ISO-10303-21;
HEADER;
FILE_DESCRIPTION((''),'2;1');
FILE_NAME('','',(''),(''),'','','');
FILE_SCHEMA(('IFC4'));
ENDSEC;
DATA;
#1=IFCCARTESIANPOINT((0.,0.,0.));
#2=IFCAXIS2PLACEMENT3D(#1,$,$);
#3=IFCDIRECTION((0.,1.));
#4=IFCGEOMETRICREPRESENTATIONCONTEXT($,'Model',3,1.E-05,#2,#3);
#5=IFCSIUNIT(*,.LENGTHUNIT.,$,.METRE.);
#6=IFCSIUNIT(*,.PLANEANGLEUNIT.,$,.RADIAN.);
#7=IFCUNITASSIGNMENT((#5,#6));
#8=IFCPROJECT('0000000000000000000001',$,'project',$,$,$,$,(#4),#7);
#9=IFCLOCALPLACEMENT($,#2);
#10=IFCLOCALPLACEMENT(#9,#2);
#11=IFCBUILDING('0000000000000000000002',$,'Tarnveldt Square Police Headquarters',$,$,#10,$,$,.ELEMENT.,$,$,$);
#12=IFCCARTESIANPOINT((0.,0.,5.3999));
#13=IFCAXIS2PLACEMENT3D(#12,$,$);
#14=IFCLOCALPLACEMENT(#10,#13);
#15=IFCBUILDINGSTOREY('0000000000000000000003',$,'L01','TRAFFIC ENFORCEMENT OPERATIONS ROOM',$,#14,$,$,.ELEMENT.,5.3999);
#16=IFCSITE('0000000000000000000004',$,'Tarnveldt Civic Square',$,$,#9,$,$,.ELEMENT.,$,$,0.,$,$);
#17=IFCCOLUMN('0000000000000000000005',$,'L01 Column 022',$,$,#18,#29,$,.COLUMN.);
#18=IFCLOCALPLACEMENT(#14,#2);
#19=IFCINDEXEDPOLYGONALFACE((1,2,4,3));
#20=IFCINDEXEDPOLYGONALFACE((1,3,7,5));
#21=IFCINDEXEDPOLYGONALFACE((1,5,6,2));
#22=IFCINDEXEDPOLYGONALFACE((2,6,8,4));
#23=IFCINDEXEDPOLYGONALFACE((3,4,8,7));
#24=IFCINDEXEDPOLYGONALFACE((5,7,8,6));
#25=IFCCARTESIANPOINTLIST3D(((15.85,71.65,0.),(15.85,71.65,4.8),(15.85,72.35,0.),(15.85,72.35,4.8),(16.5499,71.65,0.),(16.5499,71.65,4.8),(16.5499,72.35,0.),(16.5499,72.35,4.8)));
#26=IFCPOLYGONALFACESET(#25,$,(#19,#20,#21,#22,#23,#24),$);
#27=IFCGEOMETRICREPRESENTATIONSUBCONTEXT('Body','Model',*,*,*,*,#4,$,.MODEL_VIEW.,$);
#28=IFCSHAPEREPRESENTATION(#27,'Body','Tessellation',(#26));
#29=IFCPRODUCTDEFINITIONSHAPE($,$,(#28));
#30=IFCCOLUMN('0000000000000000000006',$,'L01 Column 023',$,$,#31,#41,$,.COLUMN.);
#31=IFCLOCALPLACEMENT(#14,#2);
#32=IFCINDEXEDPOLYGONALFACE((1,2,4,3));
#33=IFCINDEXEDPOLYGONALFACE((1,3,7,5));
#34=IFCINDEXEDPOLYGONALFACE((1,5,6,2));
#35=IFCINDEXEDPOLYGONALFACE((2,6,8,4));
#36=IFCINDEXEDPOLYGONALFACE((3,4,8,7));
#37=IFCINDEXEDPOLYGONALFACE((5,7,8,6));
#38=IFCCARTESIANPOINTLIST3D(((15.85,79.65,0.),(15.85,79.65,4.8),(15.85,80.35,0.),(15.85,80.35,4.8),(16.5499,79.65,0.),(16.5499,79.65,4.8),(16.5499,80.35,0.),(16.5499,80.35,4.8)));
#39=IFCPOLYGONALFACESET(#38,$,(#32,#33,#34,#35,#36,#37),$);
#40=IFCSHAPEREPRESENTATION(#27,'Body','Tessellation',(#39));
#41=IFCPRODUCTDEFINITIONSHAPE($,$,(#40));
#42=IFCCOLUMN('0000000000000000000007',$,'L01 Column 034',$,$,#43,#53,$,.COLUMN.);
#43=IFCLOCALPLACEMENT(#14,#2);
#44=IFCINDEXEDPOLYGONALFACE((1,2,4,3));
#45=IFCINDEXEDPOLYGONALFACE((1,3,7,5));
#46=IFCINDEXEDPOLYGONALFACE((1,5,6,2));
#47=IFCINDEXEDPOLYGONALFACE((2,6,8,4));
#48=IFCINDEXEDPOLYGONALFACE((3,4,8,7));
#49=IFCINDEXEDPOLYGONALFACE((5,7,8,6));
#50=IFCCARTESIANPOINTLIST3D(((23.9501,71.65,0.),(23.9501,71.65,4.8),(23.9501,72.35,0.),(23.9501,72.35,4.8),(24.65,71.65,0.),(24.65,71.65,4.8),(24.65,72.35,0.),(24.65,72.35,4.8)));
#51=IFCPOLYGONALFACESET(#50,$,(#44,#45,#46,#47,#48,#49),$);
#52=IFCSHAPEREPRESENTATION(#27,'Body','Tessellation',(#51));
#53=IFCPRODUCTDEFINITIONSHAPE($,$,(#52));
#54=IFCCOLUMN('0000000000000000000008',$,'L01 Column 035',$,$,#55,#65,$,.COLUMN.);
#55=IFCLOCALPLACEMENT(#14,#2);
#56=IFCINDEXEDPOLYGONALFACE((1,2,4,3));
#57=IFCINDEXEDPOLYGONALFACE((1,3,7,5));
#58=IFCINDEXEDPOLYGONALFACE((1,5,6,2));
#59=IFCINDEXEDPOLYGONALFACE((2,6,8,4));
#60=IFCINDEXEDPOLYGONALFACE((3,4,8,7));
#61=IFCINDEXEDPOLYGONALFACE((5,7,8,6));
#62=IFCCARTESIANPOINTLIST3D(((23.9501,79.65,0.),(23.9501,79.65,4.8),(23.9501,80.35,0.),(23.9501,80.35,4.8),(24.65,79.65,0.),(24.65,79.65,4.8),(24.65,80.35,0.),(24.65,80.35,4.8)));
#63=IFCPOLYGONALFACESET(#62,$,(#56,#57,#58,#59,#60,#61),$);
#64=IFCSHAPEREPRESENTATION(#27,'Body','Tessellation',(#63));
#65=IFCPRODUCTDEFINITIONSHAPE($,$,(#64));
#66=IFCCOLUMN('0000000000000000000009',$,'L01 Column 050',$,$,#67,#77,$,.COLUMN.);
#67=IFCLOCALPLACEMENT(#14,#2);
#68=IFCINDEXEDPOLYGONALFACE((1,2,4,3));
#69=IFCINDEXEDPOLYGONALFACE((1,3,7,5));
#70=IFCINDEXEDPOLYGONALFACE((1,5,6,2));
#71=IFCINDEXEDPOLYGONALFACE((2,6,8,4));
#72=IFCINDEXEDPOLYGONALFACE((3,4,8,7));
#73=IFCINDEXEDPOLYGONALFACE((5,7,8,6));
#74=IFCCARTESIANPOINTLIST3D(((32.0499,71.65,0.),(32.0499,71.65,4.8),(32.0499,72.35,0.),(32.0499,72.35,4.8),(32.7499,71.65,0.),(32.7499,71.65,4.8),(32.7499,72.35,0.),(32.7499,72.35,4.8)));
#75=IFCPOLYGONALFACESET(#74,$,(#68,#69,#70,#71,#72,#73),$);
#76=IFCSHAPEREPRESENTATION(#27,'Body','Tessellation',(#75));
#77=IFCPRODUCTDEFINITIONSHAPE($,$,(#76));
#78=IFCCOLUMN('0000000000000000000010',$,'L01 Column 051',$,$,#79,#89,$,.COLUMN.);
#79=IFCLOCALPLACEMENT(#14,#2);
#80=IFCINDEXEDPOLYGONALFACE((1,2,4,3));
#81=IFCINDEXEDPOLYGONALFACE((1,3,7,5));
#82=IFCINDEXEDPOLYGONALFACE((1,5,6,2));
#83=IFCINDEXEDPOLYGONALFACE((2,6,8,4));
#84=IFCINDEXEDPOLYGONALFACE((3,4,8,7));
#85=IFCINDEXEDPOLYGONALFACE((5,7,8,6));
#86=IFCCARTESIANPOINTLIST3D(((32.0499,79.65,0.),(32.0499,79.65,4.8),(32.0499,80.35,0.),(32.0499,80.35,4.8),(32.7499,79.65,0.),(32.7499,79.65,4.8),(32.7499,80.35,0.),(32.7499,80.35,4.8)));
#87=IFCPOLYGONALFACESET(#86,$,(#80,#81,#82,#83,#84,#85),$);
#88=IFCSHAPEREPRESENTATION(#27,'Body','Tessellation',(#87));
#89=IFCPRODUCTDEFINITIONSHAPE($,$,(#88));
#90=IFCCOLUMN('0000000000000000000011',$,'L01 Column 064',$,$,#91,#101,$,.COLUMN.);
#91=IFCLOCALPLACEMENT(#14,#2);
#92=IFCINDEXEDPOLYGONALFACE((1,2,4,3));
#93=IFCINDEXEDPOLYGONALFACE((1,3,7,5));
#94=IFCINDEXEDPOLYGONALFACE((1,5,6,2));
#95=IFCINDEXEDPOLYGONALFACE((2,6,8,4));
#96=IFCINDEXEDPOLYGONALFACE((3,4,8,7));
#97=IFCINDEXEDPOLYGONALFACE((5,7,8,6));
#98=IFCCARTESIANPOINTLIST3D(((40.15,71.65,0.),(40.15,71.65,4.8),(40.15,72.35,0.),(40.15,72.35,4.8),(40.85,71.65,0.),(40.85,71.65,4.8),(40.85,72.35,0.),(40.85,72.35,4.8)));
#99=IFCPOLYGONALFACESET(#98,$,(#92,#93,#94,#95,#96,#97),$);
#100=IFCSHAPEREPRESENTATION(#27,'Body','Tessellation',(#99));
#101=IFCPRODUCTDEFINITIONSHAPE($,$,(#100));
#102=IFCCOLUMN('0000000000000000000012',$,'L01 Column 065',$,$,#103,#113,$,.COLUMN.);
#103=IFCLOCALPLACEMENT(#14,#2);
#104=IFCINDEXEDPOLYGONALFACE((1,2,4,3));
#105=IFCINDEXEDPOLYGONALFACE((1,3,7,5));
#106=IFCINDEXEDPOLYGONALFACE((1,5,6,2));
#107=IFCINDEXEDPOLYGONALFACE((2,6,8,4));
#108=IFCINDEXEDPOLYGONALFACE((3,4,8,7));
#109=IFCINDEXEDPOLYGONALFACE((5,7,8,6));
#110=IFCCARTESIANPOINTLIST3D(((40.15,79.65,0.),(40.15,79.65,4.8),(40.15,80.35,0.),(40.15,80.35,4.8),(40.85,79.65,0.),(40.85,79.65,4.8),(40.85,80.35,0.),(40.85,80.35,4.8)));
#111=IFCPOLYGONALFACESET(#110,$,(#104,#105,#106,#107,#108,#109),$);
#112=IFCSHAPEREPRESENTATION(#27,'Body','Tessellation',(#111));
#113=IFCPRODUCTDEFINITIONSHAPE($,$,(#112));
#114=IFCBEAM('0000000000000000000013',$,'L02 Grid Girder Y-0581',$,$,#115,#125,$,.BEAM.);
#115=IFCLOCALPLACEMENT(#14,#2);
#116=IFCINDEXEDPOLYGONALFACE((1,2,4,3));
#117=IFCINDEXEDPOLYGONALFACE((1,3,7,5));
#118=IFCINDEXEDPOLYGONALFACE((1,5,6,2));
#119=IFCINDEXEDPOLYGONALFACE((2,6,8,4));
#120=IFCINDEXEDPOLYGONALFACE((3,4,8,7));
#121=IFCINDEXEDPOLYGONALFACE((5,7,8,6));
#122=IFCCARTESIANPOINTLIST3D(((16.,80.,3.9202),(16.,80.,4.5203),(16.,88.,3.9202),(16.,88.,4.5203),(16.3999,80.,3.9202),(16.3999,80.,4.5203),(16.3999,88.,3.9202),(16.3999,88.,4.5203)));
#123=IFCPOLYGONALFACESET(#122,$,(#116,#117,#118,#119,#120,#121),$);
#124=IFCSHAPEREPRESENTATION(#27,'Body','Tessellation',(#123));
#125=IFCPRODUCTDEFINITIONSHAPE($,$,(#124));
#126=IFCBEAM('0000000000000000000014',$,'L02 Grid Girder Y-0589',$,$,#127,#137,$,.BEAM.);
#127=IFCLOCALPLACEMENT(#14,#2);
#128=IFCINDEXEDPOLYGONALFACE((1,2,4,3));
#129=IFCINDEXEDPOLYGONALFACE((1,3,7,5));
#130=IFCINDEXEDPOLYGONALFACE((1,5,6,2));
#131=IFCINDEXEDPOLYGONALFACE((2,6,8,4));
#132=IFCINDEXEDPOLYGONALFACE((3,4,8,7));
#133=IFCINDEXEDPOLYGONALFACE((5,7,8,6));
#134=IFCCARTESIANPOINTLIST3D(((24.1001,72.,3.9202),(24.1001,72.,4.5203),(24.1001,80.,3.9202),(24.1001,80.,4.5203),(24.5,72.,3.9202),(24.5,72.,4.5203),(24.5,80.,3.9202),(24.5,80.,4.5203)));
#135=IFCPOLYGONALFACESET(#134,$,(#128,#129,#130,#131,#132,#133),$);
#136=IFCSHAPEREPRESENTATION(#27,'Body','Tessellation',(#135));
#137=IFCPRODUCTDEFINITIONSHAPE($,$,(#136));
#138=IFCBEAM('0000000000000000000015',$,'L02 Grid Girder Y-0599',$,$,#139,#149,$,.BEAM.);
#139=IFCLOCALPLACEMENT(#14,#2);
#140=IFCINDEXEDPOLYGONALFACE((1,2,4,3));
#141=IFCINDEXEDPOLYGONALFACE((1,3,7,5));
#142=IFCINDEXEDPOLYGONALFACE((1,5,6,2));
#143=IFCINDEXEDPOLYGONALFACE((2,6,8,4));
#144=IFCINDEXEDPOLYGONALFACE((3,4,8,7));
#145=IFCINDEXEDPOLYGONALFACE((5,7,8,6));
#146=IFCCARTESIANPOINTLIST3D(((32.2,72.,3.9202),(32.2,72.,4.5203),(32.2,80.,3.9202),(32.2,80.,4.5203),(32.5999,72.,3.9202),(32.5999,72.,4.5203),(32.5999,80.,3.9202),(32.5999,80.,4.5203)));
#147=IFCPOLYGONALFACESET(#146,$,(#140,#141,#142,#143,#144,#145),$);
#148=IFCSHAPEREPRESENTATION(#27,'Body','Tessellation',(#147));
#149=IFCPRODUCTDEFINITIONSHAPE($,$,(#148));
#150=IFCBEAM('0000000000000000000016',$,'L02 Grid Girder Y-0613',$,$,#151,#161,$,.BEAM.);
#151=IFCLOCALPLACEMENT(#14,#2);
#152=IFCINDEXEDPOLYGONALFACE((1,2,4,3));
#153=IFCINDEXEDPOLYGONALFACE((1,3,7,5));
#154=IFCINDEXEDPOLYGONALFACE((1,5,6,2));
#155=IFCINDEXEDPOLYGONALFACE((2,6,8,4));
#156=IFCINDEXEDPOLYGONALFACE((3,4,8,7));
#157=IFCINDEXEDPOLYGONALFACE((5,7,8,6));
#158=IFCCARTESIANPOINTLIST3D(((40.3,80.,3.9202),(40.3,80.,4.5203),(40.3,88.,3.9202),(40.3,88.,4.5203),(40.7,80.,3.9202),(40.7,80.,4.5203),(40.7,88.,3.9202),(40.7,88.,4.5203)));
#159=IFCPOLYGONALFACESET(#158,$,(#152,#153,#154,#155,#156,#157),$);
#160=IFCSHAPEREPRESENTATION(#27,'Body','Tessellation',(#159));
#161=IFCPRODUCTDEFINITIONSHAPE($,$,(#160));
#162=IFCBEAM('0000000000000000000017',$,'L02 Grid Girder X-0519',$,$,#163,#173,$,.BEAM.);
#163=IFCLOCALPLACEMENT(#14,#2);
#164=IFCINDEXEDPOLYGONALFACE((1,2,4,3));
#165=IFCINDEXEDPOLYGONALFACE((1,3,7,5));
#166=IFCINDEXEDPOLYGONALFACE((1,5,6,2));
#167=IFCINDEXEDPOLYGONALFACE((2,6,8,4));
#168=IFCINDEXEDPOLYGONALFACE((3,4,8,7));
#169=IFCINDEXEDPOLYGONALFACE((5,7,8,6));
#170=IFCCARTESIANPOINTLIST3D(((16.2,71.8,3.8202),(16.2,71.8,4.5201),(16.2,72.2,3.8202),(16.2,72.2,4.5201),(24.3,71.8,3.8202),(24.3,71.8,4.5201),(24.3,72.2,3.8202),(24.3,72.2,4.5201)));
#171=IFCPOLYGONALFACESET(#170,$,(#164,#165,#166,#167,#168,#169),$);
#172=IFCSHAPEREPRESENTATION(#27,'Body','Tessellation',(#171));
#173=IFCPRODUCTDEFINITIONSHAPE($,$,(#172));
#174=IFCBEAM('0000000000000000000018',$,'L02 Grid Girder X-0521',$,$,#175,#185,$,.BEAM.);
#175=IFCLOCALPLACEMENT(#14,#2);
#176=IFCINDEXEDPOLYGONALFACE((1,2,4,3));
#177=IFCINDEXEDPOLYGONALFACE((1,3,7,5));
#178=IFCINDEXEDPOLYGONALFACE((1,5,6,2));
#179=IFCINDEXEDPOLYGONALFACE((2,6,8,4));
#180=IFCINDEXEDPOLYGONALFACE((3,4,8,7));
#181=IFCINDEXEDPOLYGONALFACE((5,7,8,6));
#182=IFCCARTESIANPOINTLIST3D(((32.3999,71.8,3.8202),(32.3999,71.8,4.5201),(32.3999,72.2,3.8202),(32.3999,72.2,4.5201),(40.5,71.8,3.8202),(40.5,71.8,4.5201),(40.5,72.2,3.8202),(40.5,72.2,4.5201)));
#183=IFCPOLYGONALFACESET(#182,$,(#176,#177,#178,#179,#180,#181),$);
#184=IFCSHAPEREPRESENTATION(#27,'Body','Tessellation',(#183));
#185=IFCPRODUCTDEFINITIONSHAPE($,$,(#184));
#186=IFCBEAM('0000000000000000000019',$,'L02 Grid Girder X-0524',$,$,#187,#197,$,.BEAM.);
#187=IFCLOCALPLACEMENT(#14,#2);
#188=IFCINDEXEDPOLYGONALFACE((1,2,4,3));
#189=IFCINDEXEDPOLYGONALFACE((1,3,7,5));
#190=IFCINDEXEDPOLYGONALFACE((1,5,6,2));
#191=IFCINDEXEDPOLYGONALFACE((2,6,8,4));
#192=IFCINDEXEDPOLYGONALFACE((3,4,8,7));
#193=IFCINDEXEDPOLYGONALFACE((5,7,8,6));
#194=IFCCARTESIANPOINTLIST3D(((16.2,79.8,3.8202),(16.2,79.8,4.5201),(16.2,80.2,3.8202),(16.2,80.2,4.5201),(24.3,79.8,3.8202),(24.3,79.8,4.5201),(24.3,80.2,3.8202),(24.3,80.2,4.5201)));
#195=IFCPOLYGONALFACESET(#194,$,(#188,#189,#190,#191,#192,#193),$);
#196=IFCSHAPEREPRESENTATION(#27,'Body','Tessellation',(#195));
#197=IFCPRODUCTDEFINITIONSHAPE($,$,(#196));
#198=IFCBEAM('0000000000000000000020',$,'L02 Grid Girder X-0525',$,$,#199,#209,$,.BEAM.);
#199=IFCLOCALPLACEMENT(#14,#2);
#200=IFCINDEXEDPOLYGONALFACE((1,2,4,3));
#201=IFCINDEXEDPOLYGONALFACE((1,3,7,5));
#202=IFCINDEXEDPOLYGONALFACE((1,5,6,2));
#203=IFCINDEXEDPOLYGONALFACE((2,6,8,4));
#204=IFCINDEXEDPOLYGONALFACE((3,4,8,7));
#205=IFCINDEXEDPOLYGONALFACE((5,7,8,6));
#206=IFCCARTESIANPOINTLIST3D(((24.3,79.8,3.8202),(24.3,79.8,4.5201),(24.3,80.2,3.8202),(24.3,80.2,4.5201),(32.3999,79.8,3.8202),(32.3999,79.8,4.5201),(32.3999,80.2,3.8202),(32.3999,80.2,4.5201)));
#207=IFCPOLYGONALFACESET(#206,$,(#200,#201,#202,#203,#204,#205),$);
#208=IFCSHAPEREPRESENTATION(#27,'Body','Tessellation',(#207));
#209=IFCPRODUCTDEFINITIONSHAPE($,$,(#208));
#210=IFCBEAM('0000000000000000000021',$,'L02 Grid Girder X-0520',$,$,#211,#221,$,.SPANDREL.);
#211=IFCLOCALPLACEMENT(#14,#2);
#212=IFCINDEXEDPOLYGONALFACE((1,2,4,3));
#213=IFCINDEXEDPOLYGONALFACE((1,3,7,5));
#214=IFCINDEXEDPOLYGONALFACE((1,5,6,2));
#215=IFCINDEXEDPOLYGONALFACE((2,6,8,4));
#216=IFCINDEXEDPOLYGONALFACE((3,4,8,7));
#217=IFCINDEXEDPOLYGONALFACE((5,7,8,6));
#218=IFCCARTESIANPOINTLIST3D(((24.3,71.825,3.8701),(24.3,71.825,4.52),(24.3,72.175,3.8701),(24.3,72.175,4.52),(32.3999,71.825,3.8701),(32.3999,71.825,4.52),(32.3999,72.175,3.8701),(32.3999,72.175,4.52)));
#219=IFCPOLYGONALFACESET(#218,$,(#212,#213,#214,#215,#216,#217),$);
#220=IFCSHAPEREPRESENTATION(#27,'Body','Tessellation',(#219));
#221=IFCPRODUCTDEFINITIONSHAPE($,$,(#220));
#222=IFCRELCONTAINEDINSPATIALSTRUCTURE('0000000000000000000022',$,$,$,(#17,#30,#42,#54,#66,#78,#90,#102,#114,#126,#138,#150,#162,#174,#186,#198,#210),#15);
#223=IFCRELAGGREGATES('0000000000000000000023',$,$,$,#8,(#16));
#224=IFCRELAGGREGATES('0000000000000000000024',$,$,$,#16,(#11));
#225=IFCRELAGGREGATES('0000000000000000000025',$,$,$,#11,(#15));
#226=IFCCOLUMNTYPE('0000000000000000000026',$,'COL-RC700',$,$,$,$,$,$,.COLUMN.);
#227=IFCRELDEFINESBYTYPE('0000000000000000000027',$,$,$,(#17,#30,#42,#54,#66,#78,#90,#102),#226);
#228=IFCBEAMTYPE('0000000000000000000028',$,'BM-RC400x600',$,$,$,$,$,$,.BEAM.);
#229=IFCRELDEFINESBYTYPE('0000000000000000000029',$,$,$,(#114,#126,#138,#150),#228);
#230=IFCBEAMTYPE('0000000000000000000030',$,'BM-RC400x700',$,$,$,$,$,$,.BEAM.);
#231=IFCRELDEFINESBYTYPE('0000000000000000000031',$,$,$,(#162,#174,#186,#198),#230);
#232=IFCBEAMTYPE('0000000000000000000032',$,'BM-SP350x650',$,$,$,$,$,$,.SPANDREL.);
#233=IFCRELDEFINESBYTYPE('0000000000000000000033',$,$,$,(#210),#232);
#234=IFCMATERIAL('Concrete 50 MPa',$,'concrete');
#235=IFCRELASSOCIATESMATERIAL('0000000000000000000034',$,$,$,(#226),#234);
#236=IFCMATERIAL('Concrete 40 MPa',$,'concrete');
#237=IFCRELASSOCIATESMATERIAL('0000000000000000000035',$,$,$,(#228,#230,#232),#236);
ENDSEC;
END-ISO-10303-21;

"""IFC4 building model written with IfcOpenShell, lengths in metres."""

from ifc_helpers import new_model, si_unit, direction, frame, origin, origin_2d, place, context, subcontext, project, spatial, rectangle, extrude, material, material_profile, profile_set, type_object, element, save


model = new_model("IFC4")

# Units and contexts
model_context = context("Model", 3, precision=1e-05, world=origin(), true_north=direction((0.0, 1.0)))
body_context = subcontext(model_context, "Body", "Model", "MODEL_VIEW")
ifc_project = project(units=[si_unit("LENGTHUNIT", "METRE"), si_unit("PLANEANGLEUNIT", "RADIAN")], contexts=[model_context])

# Site, building, storey
site_placement = place(None, origin())
site = spatial("IfcSite", under=ifc_project, at=site_placement, Name="Tarnveldt Civic Square", CompositionType="ELEMENT", RefElevation=0.0)
building_placement = place(site_placement, origin())
building = spatial("IfcBuilding", under=site, at=building_placement, Name="Tarnveldt Square Police Headquarters", CompositionType="ELEMENT")
storey_placement = place(building_placement, frame((0.0, 0.0, 5.3999)))
storey = spatial("IfcBuildingStorey", under=building, at=storey_placement, Name="L01", Description="TRAFFIC ENFORCEMENT OPERATIONS ROOM", CompositionType="ELEMENT", Elevation=5.3999)

# Columns
ifc_material_1 = material(Name="Concrete 50 MPa", Category="concrete")
ifc_material_profile_1 = material_profile(ifc_material_1, rectangle(XDim=0.7, YDim=0.7, at=origin_2d()), Name="RC-C700x700")
ifc_profile_set_1 = profile_set([ifc_material_profile_1], Name="Concrete 50 MPa")
column_type = type_object("IfcColumnType", Name="COL-RC700", PredefinedType="COLUMN", material=ifc_profile_set_1)
for number, where, z_axis, x_axis, name in (
    (1, (16.2, 72.0, 0.0), (0.0, 0.0, 1.0), (1.0, 0.0, 0.0), "L01 Column 022"),
    (2, (16.2, 80.0, 0.0), (0.0, 0.0, 1.0), (1.0, 0.0, 0.0), "L01 Column 023"),
    (3, (24.3, 72.0, 0.0), (0.0, 0.0, 1.0), (1.0, 0.0, 0.0), "L01 Column 034"),
    (4, (24.3, 80.0, 0.0), (0.0, 0.0, 1.0), (1.0, 0.0, 0.0), "L01 Column 035"),
    (5, (32.3999, 72.0, 0.0), (0.0, 0.0, 1.0), (1.0, 0.0, 0.0), "L01 Column 050"),
    (6, (32.3999, 80.0, 0.0), (0.0, 0.0, 1.0), (1.0, 0.0, 0.0), "L01 Column 051"),
    (7, (40.5, 72.0, 0.0), (0.0, 0.0, 1.0), (1.0, 0.0, 0.0), "L01 Column 064"),
    (8, (40.5, 80.0, 0.0), (0.0, 0.0, 1.0), (1.0, 0.0, 0.0), "L01 Column 065"),
):
    element("IfcColumn", number, at=place(storey_placement, frame(where, z_axis=z_axis, x_axis=x_axis)), inside=storey, type_object=column_type, Name=name, PredefinedType="COLUMN", context=body_context, shape_type="SweptSolid", body=[
        extrude(rectangle(XDim=0.7, YDim=0.7, at=origin_2d()), origin(), (0.0, 0.0, 1.0), 4.8),
    ])

# Beams
ifc_material_2 = material(Name="Concrete 40 MPa", Category="concrete")
ifc_material_profile_2 = material_profile(ifc_material_2, rectangle(XDim=0.3999, YDim=0.6001, at=origin_2d()), Name="RC-B400x600")
ifc_profile_set_2 = profile_set([ifc_material_profile_2], Name="Concrete 40 MPa")
beam_type_1 = type_object("IfcBeamType", Name="BM-RC400x600", PredefinedType="BEAM", material=ifc_profile_set_2)
for number, where, z_axis, x_axis, name in (
    (9, (16.2, 80.0, 4.2202), (0.0, 1.0, 0.0), (-1.0, 0.0, 0.0), "L02 Grid Girder Y-0581"),
    (10, (24.3, 72.0, 4.2202), (0.0, 1.0, 0.0), (-1.0, 0.0, 0.0), "L02 Grid Girder Y-0589"),
    (11, (32.3999, 72.0, 4.2202), (0.0, 1.0, 0.0), (-1.0, 0.0, 0.0), "L02 Grid Girder Y-0599"),
    (12, (40.5, 80.0, 4.2202), (0.0, 1.0, 0.0), (-1.0, 0.0, 0.0), "L02 Grid Girder Y-0613"),
):
    element("IfcBeam", number, at=place(storey_placement, frame(where, z_axis=z_axis, x_axis=x_axis)), inside=storey, type_object=beam_type_1, Name=name, PredefinedType="BEAM", context=body_context, shape_type="SweptSolid", body=[
        extrude(rectangle(XDim=0.3999, YDim=0.6001, at=origin_2d()), origin(), (0.0, 0.0, 1.0), 8.0),
    ])
ifc_material_profile_3 = material_profile(ifc_material_2, rectangle(XDim=0.3999, YDim=0.7, at=origin_2d()), Name="RC-B400x700")
ifc_profile_set_3 = profile_set([ifc_material_profile_3], Name="Concrete 40 MPa")
beam_type_2 = type_object("IfcBeamType", Name="BM-RC400x700", PredefinedType="BEAM", material=ifc_profile_set_3)
for number, where, z_axis, x_axis, name in (
    (13, (16.2, 72.0, 4.1702), (1.0, 0.0, 0.0), (0.0, 1.0, 0.0), "L02 Grid Girder X-0519"),
    (14, (32.3999, 72.0, 4.1702), (1.0, 0.0, 0.0), (0.0, 1.0, 0.0), "L02 Grid Girder X-0521"),
    (15, (16.2, 80.0, 4.1702), (1.0, 0.0, 0.0), (0.0, 1.0, 0.0), "L02 Grid Girder X-0524"),
):
    element("IfcBeam", number, at=place(storey_placement, frame(where, z_axis=z_axis, x_axis=x_axis)), inside=storey, type_object=beam_type_2, Name=name, PredefinedType="BEAM", context=body_context, shape_type="SweptSolid", body=[
        extrude(rectangle(XDim=0.3999, YDim=0.7, at=origin_2d()), origin(), (0.0, 0.0, 1.0), 8.1001),
    ])
beam_1_placement = place(storey_placement, frame((24.3, 80.0, 4.1702), z_axis=(1.0, 0.0, 0.0), x_axis=(0.0, 1.0, 0.0)))
element("IfcBeam", 16, at=beam_1_placement, inside=storey, type_object=beam_type_2, Name="L02 Grid Girder X-0525", PredefinedType="BEAM", context=body_context, shape_type="SweptSolid", body=[
    extrude(rectangle(XDim=0.3999, YDim=0.7, at=origin_2d()), origin(), (0.0, 0.0, 1.0), 8.0999),
])
ifc_material_profile_4 = material_profile(ifc_material_2, rectangle(XDim=0.3501, YDim=0.6499, at=origin_2d()), Name="RC-SP350x650")
ifc_profile_set_4 = profile_set([ifc_material_profile_4], Name="Concrete 40 MPa")
beam_type_3 = type_object("IfcBeamType", Name="BM-SP350x650", PredefinedType="SPANDREL", material=ifc_profile_set_4)
beam_2_placement = place(storey_placement, frame((24.3, 72.0, 4.1951), z_axis=(1.0, 0.0, 0.0), x_axis=(0.0, 1.0, 0.0)))
element("IfcBeam", 17, at=beam_2_placement, inside=storey, type_object=beam_type_3, Name="L02 Grid Girder X-0520", PredefinedType="SPANDREL", context=body_context, shape_type="SweptSolid", body=[
    extrude(rectangle(XDim=0.3501, YDim=0.6499, at=origin_2d()), origin(), (0.0, 0.0, 1.0), 8.0999),
])

save(model, "model.ifc")
